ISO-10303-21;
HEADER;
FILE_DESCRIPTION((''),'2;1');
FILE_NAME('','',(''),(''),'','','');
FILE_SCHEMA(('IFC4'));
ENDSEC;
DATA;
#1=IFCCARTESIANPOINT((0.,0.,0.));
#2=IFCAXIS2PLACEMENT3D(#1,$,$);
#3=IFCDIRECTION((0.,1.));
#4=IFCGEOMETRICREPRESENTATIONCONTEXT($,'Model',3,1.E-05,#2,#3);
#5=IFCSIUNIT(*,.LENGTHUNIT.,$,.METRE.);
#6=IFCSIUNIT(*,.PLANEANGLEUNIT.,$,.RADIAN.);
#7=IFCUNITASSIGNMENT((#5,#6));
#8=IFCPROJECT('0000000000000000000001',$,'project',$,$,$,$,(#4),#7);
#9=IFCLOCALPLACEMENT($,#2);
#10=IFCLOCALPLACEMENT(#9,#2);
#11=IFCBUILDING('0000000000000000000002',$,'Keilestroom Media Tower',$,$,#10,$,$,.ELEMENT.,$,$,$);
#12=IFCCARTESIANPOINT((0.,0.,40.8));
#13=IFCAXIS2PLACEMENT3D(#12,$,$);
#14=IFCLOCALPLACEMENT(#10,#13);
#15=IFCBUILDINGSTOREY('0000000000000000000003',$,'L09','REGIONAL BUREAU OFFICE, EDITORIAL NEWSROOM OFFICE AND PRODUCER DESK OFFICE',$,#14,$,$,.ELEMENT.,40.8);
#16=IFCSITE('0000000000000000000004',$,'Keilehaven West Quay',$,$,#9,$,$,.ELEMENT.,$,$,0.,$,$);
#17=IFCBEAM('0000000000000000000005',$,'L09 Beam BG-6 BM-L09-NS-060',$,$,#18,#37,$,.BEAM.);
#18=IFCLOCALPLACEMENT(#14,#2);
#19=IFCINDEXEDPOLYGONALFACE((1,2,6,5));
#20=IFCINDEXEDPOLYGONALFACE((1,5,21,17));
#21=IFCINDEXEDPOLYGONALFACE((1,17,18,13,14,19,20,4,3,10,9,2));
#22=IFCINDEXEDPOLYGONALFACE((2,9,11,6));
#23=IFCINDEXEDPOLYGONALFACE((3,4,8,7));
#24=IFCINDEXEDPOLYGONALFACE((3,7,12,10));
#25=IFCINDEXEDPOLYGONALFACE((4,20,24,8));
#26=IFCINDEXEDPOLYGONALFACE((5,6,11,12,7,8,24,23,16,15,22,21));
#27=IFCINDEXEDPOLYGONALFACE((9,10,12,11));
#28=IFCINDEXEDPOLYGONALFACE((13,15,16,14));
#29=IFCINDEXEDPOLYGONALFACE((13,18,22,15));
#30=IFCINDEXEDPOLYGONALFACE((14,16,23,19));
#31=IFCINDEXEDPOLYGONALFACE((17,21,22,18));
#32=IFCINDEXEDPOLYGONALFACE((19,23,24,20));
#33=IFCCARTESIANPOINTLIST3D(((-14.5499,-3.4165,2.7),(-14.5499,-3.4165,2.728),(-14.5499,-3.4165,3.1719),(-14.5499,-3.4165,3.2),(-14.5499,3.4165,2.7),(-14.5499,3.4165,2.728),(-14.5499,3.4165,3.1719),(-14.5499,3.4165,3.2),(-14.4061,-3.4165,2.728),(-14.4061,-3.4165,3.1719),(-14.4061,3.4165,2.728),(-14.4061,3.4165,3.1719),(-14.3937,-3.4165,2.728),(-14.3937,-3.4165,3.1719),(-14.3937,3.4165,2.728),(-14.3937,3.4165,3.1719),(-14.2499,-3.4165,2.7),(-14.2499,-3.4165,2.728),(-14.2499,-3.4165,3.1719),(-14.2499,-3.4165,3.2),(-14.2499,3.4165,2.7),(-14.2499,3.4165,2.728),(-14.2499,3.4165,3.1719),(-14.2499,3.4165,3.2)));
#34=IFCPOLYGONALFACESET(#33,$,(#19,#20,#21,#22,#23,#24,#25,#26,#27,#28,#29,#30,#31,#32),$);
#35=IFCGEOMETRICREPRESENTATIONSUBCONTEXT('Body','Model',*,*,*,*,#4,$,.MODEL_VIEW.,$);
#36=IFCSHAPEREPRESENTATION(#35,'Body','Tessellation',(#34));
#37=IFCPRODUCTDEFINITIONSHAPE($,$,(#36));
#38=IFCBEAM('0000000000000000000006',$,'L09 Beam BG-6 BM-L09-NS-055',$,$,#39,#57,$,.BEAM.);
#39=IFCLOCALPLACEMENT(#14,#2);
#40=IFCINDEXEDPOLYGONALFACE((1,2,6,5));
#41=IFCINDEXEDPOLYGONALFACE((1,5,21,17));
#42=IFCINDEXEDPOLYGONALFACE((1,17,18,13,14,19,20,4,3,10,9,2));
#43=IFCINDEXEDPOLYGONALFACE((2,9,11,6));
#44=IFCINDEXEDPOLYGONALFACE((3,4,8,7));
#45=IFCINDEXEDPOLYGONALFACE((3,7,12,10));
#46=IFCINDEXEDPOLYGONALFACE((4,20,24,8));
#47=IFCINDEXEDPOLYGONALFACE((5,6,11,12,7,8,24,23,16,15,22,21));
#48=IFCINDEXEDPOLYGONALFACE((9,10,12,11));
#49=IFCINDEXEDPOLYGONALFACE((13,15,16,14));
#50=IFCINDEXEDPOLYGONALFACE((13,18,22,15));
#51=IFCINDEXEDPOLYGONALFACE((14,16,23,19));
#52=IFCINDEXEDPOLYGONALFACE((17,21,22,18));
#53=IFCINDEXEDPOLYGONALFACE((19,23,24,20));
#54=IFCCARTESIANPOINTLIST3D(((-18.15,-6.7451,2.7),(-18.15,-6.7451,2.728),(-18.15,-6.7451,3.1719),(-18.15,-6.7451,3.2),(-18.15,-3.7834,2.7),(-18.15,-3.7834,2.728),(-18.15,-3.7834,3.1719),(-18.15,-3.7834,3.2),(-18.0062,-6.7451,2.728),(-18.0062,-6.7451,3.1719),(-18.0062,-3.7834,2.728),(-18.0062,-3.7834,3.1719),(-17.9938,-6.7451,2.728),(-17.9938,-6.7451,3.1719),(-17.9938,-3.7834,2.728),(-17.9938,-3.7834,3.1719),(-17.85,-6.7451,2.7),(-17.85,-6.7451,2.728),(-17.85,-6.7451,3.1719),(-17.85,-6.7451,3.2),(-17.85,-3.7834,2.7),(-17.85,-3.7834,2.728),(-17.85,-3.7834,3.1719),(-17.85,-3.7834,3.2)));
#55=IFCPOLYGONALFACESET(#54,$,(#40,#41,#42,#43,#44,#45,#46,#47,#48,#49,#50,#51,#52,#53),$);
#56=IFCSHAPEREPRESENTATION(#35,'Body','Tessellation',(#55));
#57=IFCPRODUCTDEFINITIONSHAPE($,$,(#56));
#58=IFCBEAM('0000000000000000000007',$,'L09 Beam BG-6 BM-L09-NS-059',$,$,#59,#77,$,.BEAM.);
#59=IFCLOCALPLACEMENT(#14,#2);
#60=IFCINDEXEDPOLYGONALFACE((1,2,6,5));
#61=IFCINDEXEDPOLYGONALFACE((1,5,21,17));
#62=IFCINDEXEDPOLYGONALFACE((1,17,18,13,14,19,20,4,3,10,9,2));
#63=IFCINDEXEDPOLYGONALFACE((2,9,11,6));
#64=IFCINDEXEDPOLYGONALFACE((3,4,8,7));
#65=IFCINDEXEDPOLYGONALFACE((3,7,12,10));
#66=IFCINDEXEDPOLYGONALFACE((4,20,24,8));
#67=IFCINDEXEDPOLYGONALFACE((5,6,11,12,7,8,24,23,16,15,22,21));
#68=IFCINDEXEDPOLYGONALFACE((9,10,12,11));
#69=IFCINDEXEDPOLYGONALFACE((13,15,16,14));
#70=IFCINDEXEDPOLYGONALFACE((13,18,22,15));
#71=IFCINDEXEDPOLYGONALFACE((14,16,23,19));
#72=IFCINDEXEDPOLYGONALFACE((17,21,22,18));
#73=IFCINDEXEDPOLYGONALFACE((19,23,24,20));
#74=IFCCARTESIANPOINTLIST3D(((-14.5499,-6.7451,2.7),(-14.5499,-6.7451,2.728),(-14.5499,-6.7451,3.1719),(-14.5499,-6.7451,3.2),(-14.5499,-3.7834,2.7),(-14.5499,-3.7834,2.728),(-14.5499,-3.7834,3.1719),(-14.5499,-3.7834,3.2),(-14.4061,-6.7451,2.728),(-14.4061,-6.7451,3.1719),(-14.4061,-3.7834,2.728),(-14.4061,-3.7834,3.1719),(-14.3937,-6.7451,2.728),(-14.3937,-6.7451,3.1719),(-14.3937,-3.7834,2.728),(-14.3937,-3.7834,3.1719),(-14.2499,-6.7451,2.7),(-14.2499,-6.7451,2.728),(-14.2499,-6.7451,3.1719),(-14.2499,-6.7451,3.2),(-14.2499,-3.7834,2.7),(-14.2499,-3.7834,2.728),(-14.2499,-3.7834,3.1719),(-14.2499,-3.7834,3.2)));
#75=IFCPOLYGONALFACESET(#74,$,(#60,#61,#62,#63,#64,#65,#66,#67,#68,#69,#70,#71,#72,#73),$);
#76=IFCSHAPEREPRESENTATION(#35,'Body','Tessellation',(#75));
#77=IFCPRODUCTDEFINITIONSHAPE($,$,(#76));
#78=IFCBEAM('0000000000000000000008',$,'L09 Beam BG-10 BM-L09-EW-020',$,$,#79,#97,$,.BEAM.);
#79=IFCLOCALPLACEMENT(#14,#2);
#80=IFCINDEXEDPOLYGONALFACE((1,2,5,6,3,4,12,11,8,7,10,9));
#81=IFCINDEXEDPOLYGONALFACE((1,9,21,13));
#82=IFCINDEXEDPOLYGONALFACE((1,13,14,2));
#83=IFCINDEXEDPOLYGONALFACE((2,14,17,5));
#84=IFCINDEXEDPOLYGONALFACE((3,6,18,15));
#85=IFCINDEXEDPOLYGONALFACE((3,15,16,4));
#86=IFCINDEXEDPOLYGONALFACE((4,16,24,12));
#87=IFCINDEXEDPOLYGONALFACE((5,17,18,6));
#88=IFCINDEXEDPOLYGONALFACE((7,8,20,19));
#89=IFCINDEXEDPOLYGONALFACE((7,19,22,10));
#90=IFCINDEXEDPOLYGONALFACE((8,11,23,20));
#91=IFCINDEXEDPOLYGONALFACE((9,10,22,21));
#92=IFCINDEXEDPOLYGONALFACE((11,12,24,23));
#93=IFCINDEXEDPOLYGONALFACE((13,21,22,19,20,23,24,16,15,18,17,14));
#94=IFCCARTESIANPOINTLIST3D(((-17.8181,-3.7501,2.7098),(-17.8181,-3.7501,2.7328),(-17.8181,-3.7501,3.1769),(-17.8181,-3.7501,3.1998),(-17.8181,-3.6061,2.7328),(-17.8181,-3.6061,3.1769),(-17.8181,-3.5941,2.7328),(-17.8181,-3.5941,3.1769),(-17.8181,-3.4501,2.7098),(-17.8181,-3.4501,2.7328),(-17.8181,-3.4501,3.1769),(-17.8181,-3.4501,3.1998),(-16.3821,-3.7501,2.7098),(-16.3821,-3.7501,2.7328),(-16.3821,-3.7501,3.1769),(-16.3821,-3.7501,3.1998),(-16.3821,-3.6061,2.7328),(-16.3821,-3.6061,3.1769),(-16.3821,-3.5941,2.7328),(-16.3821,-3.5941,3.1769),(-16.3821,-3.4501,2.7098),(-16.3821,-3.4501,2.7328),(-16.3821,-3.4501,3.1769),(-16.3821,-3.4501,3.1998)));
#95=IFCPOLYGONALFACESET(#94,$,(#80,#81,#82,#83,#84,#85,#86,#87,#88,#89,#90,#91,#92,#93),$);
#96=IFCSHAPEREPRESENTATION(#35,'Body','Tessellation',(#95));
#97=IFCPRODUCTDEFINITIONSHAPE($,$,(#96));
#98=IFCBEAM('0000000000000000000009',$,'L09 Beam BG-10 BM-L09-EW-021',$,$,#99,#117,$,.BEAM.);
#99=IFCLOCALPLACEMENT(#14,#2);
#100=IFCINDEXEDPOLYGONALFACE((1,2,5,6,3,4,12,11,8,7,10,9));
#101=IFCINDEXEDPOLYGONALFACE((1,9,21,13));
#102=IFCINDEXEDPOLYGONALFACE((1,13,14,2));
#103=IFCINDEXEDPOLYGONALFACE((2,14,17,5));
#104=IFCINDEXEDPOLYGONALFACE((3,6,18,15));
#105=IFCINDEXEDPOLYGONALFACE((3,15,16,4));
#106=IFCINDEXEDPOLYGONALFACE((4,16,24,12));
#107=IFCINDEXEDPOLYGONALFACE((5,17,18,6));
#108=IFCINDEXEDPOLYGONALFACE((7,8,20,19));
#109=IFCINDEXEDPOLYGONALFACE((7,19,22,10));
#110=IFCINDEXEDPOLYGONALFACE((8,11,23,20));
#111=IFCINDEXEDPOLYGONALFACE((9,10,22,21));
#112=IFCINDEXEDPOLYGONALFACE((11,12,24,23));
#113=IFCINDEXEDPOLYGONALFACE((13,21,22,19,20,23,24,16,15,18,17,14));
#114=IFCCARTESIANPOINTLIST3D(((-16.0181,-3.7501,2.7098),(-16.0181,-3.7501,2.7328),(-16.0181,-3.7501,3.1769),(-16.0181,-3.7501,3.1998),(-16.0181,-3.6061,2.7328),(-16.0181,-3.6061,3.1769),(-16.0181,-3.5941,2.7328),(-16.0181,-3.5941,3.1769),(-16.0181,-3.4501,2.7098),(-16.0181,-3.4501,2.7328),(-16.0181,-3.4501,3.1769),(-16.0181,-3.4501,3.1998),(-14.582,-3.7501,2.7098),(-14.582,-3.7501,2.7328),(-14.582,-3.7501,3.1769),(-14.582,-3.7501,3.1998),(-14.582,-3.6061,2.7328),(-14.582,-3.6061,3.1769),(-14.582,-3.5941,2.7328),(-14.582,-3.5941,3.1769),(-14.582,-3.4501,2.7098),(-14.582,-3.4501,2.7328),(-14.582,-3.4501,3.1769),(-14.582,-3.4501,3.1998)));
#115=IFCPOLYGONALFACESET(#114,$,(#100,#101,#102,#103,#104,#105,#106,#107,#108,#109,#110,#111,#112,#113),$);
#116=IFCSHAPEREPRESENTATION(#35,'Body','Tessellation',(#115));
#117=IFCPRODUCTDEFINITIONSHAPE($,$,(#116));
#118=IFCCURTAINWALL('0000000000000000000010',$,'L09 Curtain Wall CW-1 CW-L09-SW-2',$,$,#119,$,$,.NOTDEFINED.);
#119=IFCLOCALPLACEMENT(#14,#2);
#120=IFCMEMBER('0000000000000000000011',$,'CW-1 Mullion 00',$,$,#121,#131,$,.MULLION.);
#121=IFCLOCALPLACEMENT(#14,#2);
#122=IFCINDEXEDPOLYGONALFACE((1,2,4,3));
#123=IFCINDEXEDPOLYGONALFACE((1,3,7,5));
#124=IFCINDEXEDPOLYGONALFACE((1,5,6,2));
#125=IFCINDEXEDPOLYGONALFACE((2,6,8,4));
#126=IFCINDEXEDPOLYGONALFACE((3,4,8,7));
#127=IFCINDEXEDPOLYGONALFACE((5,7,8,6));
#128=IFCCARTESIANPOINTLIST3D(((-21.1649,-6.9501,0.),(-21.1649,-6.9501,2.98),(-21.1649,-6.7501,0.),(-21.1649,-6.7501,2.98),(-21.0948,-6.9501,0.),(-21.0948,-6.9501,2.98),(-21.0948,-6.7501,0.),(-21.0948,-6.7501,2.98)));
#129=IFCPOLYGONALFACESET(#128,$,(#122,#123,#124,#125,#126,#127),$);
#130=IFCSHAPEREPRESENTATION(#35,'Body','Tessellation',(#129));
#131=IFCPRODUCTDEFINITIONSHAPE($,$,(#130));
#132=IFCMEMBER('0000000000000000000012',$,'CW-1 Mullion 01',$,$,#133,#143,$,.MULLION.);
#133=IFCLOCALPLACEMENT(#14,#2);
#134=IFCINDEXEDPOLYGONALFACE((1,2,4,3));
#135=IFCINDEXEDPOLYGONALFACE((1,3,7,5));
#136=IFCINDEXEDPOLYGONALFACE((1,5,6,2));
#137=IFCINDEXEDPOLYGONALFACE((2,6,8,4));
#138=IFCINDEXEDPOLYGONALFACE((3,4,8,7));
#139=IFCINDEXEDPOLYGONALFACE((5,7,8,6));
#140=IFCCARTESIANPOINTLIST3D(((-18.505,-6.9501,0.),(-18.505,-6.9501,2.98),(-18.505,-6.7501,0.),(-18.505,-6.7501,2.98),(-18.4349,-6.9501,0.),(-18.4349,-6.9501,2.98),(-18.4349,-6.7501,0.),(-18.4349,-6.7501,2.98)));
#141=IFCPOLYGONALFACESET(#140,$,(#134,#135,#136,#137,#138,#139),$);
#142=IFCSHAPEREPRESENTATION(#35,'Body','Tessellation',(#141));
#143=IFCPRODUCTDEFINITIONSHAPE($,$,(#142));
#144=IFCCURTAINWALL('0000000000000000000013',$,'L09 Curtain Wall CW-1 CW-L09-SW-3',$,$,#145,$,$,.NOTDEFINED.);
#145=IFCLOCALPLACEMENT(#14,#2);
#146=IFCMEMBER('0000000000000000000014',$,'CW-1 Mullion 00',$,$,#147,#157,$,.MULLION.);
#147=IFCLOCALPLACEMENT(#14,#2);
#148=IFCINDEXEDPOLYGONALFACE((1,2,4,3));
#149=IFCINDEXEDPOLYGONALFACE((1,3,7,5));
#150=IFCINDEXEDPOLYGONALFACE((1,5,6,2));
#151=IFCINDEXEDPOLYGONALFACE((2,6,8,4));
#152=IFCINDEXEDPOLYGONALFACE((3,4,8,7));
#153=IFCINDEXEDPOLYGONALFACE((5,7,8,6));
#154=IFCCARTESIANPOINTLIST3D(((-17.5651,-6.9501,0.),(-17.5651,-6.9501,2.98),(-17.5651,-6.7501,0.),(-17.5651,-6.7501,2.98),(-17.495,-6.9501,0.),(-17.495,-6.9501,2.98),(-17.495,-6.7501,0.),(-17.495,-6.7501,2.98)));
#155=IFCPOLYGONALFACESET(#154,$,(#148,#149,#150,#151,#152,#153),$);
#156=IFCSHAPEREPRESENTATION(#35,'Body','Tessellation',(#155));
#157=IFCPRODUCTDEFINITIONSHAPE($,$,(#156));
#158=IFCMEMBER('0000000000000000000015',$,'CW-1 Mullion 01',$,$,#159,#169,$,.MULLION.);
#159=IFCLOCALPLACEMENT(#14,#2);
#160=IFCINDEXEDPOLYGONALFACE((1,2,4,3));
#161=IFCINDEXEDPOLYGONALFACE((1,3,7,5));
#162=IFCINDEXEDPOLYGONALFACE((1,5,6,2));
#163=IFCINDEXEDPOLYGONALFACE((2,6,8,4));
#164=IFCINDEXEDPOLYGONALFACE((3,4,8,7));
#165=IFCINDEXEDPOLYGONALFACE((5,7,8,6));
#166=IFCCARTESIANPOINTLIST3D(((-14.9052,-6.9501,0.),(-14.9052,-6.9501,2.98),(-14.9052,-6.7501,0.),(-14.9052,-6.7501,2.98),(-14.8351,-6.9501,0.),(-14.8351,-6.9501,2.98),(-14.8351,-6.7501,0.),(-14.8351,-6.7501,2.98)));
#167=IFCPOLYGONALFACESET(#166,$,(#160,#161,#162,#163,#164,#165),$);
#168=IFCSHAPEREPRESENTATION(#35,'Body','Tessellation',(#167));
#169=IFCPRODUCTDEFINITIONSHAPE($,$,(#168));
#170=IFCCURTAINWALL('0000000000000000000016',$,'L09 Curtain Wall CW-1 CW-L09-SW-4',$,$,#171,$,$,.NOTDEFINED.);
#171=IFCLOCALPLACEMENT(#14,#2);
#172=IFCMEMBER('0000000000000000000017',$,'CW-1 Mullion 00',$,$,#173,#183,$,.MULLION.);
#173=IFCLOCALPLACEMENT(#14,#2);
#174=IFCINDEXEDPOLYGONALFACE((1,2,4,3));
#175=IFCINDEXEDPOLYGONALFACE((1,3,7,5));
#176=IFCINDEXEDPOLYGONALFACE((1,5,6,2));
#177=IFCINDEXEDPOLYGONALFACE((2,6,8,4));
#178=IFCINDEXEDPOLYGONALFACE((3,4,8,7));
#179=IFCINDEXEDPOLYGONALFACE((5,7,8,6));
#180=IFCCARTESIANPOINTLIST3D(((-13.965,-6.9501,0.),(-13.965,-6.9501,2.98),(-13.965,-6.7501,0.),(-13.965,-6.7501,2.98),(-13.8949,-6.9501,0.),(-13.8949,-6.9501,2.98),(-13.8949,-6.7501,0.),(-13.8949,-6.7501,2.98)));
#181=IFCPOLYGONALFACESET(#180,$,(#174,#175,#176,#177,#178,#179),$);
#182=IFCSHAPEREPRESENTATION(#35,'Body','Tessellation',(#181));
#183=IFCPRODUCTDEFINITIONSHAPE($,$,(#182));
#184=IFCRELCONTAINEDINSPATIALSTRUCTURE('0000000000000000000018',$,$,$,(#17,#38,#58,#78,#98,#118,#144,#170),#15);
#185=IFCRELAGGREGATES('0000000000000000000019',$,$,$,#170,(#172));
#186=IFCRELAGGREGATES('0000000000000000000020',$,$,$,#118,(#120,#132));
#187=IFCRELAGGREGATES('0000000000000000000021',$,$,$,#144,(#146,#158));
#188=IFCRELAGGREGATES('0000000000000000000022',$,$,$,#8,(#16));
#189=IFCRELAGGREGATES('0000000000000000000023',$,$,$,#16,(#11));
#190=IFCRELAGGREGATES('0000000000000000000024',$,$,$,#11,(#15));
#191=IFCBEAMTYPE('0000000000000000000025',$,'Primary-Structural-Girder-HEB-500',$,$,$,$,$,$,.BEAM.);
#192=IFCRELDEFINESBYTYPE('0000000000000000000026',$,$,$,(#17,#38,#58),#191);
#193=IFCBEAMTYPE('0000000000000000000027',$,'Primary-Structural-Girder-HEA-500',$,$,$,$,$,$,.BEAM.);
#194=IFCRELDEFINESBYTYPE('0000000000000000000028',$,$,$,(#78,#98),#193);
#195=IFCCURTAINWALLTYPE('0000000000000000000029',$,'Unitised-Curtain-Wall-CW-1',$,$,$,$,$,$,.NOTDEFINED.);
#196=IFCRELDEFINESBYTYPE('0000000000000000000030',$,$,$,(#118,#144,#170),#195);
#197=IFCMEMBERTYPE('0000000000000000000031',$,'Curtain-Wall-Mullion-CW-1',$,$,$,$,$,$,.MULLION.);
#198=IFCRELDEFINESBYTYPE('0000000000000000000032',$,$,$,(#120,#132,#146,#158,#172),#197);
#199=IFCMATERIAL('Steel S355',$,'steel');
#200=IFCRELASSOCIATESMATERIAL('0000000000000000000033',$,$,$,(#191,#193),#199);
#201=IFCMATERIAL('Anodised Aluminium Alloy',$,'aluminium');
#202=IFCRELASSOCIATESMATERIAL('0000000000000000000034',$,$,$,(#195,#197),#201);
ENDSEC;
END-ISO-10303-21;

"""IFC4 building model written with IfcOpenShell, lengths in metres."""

from ifc_helpers import new_model, si_unit, direction, frame, origin, origin_2d, place, context, subcontext, project, spatial, rectangle, i_section, extrude, source, transform, mapped, material, material_profile, profile_set, type_object, element, aggregate, save


model = new_model("IFC4")

# Units and contexts
model_context = context("Model", 3, precision=1e-05, world=origin(), true_north=direction((0.0, 1.0)))
body_context = subcontext(model_context, "Body", "Model", "MODEL_VIEW")
ifc_project = project(units=[si_unit("LENGTHUNIT", "METRE"), si_unit("PLANEANGLEUNIT", "RADIAN")], contexts=[model_context])

# Site, building, storey
site_placement = place(None, origin())
site = spatial("IfcSite", under=ifc_project, at=site_placement, Name="Keilehaven West Quay", CompositionType="ELEMENT", RefElevation=0.0)
building_placement = place(site_placement, origin())
building = spatial("IfcBuilding", under=site, at=building_placement, Name="Keilestroom Media Tower", CompositionType="ELEMENT")
storey_placement = place(building_placement, frame((0.0, 0.0, 40.8)))
storey = spatial("IfcBuildingStorey", under=building, at=storey_placement, Name="L09", Description="REGIONAL BUREAU OFFICE, EDITORIAL NEWSROOM OFFICE AND PRODUCER DESK OFFICE", CompositionType="ELEMENT", Elevation=40.8)

# Beams
ifc_material_1 = material(Name="Steel S355", Category="steel")
ifc_material_profile_1 = material_profile(ifc_material_1, i_section(OverallWidth=0.3, OverallDepth=0.5, WebThickness=0.0125, FlangeThickness=0.0281, at=origin_2d()), Name="HEB 500")
ifc_profile_set_1 = profile_set([ifc_material_profile_1], Name="Steel S355")
beam_type_1 = type_object("IfcBeamType", Name="Primary-Structural-Girder-HEB-500", PredefinedType="BEAM", material=ifc_profile_set_1)
shared_shape_1 = source(origin(), body_context, "Body", "SweptSolid", [
    extrude(i_section(OverallWidth=0.3, OverallDepth=0.5, WebThickness=0.0125, FlangeThickness=0.0281, at=origin_2d()), origin(), (0.0, 0.0, 1.0), 6.833),
])
for number, where, z_axis, x_axis, name in (
    (1, (-14.3999, -3.4165, 2.95), (0.0, 1.0, 0.0), (-1.0, 0.0, 0.0), "L09 Beam BG-6 BM-L09-NS-060"),
):
    element("IfcBeam", number, at=place(storey_placement, frame(where, z_axis=z_axis, x_axis=x_axis)), inside=storey, type_object=beam_type_1, Name=name, PredefinedType="BEAM", context=body_context, shape_type="MappedRepresentation", body=[
        mapped(shared_shape_1, transform((0.0, 0.0, 0.0), x_axis=(1.0, 0.0, 0.0), y_axis=(0.0, 1.0, 0.0), z_axis=(0.0, 0.0, 1.0), scale=1.0)),
    ])
shared_shape_2 = source(origin(), body_context, "Body", "SweptSolid", [
    extrude(i_section(OverallWidth=0.3, OverallDepth=0.5, WebThickness=0.0125, FlangeThickness=0.0281, at=origin_2d()), origin(), (0.0, 0.0, 1.0), 2.9617),
])
for number, where, z_axis, x_axis, name in (
    (2, (-18.0, -6.7451, 2.95), (0.0, 1.0, 0.0), (-1.0, 0.0, 0.0), "L09 Beam BG-6 BM-L09-NS-055"),
    (3, (-14.3999, -6.7451, 2.95), (0.0, 1.0, 0.0), (-1.0, 0.0, 0.0), "L09 Beam BG-6 BM-L09-NS-059"),
):
    element("IfcBeam", number, at=place(storey_placement, frame(where, z_axis=z_axis, x_axis=x_axis)), inside=storey, type_object=beam_type_1, Name=name, PredefinedType="BEAM", context=body_context, shape_type="MappedRepresentation", body=[
        mapped(shared_shape_2, transform((0.0, 0.0, 0.0), x_axis=(1.0, 0.0, 0.0), y_axis=(0.0, 1.0, 0.0), z_axis=(0.0, 0.0, 1.0), scale=1.0)),
    ])
ifc_material_profile_2 = material_profile(ifc_material_1, i_section(OverallWidth=0.3, OverallDepth=0.49, WebThickness=0.012, FlangeThickness=0.0229, at=origin_2d()), Name="HEA 500")
ifc_profile_set_2 = profile_set([ifc_material_profile_2], Name="Steel S355")
beam_type_2 = type_object("IfcBeamType", Name="Primary-Structural-Girder-HEA-500", PredefinedType="BEAM", material=ifc_profile_set_2)
shared_shape_3 = source(origin(), body_context, "Body", "SweptSolid", [
    extrude(i_section(OverallWidth=0.3, OverallDepth=0.49, WebThickness=0.012, FlangeThickness=0.0229, at=origin_2d()), origin(), (0.0, 0.0, 1.0), 1.436),
])
for number, where, z_axis, x_axis, name in (
    (4, (-17.8181, -3.6001, 2.9548), (1.0, 0.0, 0.0), (0.0, 1.0, 0.0), "L09 Beam BG-10 BM-L09-EW-020"),
    (5, (-16.0181, -3.6001, 2.9548), (1.0, 0.0, 0.0), (0.0, 1.0, 0.0), "L09 Beam BG-10 BM-L09-EW-021"),
):
    element("IfcBeam", number, at=place(storey_placement, frame(where, z_axis=z_axis, x_axis=x_axis)), inside=storey, type_object=beam_type_2, Name=name, PredefinedType="BEAM", context=body_context, shape_type="MappedRepresentation", body=[
        mapped(shared_shape_3, transform((0.0, 0.0, 0.0), x_axis=(1.0, 0.0, 0.0), y_axis=(0.0, 1.0, 0.0), z_axis=(0.0, 0.0, 1.0), scale=1.0)),
    ])

# Curtain walls, members
ifc_material_2 = material(Name="Anodised Aluminium Alloy", Category="aluminium")
curtain_wall_type = type_object("IfcCurtainWallType", Name="Unitised-Curtain-Wall-CW-1", PredefinedType="NOTDEFINED", material=ifc_material_2)
curtain_wall_1_placement = place(storey_placement, origin())
curtain_wall_1 = element("IfcCurtainWall", 6, at=curtain_wall_1_placement, inside=storey, type_object=curtain_wall_type, Name="L09 Curtain Wall CW-1 CW-L09-SW-2", PredefinedType="NOTDEFINED")
ifc_material_profile_3 = material_profile(ifc_material_2, rectangle(XDim=0.0701, YDim=0.2, at=origin_2d()), Name="ALU MULLION 70x200")
ifc_profile_set_3 = profile_set([ifc_material_profile_3], Name="Anodised Aluminium Alloy")
member_type_1 = type_object("IfcMemberType", Name="Curtain-Wall-Mullion-CW-1", PredefinedType="MULLION", material=ifc_profile_set_3)
shared_shape_4 = source(origin(), body_context, "Body", "SweptSolid", [
    extrude(rectangle(XDim=0.0701, YDim=0.2, at=origin_2d()), origin(), (0.0, 0.0, 1.0), 2.98),
])
member_1_placement = place(storey_placement, frame((-21.1299, -6.8501, 0.0), z_axis=(0.0, 0.0, 1.0), x_axis=(1.0, 0.0, 0.0)))
member_1 = element("IfcMember", 7, at=member_1_placement, type_object=member_type_1, Name="CW-1 Mullion 00", PredefinedType="MULLION", context=body_context, shape_type="MappedRepresentation", body=[
    mapped(shared_shape_4, transform((0.0, 0.0, 0.0), x_axis=(1.0, 0.0, 0.0), y_axis=(0.0, 1.0, 0.0), z_axis=(0.0, 0.0, 1.0), scale=1.0)),
])
member_2_placement = place(storey_placement, frame((-18.47, -6.8501, 0.0), z_axis=(0.0, 0.0, 1.0), x_axis=(1.0, 0.0, 0.0)))
member_2 = element("IfcMember", 8, at=member_2_placement, type_object=member_type_1, Name="CW-1 Mullion 01", PredefinedType="MULLION", context=body_context, shape_type="MappedRepresentation", body=[
    mapped(shared_shape_4, transform((0.0, 0.0, 0.0), x_axis=(1.0, 0.0, 0.0), y_axis=(0.0, 1.0, 0.0), z_axis=(0.0, 0.0, 1.0), scale=1.0)),
])
curtain_wall_2_placement = place(storey_placement, origin())
curtain_wall_2 = element("IfcCurtainWall", 9, at=curtain_wall_2_placement, inside=storey, type_object=curtain_wall_type, Name="L09 Curtain Wall CW-1 CW-L09-SW-3", PredefinedType="NOTDEFINED")
member_3_placement = place(storey_placement, frame((-17.53, -6.8501, 0.0), z_axis=(0.0, 0.0, 1.0), x_axis=(1.0, 0.0, 0.0)))
member_3 = element("IfcMember", 10, at=member_3_placement, type_object=member_type_1, Name="CW-1 Mullion 00", PredefinedType="MULLION", context=body_context, shape_type="MappedRepresentation", body=[
    mapped(shared_shape_4, transform((0.0, 0.0, 0.0), x_axis=(1.0, 0.0, 0.0), y_axis=(0.0, 1.0, 0.0), z_axis=(0.0, 0.0, 1.0), scale=1.0)),
])
member_4_placement = place(storey_placement, frame((-14.8701, -6.8501, 0.0), z_axis=(0.0, 0.0, 1.0), x_axis=(1.0, 0.0, 0.0)))
member_4 = element("IfcMember", 11, at=member_4_placement, type_object=member_type_1, Name="CW-1 Mullion 01", PredefinedType="MULLION", context=body_context, shape_type="MappedRepresentation", body=[
    mapped(shared_shape_4, transform((0.0, 0.0, 0.0), x_axis=(1.0, 0.0, 0.0), y_axis=(0.0, 1.0, 0.0), z_axis=(0.0, 0.0, 1.0), scale=1.0)),
])

# Curtain wall, member
curtain_wall_3_placement = place(storey_placement, origin())
curtain_wall_3 = element("IfcCurtainWall", 12, at=curtain_wall_3_placement, inside=storey, type_object=curtain_wall_type, Name="L09 Curtain Wall CW-1 CW-L09-SW-4", PredefinedType="NOTDEFINED")
member_5_placement = place(storey_placement, frame((-13.9299, -6.8501, 0.0), z_axis=(0.0, 0.0, 1.0), x_axis=(1.0, 0.0, 0.0)))
member_5 = element("IfcMember", 13, at=member_5_placement, type_object=member_type_1, Name="CW-1 Mullion 00", PredefinedType="MULLION", context=body_context, shape_type="MappedRepresentation", body=[
    mapped(shared_shape_4, transform((0.0, 0.0, 0.0), x_axis=(1.0, 0.0, 0.0), y_axis=(0.0, 1.0, 0.0), z_axis=(0.0, 0.0, 1.0), scale=1.0)),
])

aggregate(curtain_wall_3, [member_5])

aggregate(curtain_wall_1, [member_1, member_2])
aggregate(curtain_wall_2, [member_3, member_4])

save(model, "model.ifc")
